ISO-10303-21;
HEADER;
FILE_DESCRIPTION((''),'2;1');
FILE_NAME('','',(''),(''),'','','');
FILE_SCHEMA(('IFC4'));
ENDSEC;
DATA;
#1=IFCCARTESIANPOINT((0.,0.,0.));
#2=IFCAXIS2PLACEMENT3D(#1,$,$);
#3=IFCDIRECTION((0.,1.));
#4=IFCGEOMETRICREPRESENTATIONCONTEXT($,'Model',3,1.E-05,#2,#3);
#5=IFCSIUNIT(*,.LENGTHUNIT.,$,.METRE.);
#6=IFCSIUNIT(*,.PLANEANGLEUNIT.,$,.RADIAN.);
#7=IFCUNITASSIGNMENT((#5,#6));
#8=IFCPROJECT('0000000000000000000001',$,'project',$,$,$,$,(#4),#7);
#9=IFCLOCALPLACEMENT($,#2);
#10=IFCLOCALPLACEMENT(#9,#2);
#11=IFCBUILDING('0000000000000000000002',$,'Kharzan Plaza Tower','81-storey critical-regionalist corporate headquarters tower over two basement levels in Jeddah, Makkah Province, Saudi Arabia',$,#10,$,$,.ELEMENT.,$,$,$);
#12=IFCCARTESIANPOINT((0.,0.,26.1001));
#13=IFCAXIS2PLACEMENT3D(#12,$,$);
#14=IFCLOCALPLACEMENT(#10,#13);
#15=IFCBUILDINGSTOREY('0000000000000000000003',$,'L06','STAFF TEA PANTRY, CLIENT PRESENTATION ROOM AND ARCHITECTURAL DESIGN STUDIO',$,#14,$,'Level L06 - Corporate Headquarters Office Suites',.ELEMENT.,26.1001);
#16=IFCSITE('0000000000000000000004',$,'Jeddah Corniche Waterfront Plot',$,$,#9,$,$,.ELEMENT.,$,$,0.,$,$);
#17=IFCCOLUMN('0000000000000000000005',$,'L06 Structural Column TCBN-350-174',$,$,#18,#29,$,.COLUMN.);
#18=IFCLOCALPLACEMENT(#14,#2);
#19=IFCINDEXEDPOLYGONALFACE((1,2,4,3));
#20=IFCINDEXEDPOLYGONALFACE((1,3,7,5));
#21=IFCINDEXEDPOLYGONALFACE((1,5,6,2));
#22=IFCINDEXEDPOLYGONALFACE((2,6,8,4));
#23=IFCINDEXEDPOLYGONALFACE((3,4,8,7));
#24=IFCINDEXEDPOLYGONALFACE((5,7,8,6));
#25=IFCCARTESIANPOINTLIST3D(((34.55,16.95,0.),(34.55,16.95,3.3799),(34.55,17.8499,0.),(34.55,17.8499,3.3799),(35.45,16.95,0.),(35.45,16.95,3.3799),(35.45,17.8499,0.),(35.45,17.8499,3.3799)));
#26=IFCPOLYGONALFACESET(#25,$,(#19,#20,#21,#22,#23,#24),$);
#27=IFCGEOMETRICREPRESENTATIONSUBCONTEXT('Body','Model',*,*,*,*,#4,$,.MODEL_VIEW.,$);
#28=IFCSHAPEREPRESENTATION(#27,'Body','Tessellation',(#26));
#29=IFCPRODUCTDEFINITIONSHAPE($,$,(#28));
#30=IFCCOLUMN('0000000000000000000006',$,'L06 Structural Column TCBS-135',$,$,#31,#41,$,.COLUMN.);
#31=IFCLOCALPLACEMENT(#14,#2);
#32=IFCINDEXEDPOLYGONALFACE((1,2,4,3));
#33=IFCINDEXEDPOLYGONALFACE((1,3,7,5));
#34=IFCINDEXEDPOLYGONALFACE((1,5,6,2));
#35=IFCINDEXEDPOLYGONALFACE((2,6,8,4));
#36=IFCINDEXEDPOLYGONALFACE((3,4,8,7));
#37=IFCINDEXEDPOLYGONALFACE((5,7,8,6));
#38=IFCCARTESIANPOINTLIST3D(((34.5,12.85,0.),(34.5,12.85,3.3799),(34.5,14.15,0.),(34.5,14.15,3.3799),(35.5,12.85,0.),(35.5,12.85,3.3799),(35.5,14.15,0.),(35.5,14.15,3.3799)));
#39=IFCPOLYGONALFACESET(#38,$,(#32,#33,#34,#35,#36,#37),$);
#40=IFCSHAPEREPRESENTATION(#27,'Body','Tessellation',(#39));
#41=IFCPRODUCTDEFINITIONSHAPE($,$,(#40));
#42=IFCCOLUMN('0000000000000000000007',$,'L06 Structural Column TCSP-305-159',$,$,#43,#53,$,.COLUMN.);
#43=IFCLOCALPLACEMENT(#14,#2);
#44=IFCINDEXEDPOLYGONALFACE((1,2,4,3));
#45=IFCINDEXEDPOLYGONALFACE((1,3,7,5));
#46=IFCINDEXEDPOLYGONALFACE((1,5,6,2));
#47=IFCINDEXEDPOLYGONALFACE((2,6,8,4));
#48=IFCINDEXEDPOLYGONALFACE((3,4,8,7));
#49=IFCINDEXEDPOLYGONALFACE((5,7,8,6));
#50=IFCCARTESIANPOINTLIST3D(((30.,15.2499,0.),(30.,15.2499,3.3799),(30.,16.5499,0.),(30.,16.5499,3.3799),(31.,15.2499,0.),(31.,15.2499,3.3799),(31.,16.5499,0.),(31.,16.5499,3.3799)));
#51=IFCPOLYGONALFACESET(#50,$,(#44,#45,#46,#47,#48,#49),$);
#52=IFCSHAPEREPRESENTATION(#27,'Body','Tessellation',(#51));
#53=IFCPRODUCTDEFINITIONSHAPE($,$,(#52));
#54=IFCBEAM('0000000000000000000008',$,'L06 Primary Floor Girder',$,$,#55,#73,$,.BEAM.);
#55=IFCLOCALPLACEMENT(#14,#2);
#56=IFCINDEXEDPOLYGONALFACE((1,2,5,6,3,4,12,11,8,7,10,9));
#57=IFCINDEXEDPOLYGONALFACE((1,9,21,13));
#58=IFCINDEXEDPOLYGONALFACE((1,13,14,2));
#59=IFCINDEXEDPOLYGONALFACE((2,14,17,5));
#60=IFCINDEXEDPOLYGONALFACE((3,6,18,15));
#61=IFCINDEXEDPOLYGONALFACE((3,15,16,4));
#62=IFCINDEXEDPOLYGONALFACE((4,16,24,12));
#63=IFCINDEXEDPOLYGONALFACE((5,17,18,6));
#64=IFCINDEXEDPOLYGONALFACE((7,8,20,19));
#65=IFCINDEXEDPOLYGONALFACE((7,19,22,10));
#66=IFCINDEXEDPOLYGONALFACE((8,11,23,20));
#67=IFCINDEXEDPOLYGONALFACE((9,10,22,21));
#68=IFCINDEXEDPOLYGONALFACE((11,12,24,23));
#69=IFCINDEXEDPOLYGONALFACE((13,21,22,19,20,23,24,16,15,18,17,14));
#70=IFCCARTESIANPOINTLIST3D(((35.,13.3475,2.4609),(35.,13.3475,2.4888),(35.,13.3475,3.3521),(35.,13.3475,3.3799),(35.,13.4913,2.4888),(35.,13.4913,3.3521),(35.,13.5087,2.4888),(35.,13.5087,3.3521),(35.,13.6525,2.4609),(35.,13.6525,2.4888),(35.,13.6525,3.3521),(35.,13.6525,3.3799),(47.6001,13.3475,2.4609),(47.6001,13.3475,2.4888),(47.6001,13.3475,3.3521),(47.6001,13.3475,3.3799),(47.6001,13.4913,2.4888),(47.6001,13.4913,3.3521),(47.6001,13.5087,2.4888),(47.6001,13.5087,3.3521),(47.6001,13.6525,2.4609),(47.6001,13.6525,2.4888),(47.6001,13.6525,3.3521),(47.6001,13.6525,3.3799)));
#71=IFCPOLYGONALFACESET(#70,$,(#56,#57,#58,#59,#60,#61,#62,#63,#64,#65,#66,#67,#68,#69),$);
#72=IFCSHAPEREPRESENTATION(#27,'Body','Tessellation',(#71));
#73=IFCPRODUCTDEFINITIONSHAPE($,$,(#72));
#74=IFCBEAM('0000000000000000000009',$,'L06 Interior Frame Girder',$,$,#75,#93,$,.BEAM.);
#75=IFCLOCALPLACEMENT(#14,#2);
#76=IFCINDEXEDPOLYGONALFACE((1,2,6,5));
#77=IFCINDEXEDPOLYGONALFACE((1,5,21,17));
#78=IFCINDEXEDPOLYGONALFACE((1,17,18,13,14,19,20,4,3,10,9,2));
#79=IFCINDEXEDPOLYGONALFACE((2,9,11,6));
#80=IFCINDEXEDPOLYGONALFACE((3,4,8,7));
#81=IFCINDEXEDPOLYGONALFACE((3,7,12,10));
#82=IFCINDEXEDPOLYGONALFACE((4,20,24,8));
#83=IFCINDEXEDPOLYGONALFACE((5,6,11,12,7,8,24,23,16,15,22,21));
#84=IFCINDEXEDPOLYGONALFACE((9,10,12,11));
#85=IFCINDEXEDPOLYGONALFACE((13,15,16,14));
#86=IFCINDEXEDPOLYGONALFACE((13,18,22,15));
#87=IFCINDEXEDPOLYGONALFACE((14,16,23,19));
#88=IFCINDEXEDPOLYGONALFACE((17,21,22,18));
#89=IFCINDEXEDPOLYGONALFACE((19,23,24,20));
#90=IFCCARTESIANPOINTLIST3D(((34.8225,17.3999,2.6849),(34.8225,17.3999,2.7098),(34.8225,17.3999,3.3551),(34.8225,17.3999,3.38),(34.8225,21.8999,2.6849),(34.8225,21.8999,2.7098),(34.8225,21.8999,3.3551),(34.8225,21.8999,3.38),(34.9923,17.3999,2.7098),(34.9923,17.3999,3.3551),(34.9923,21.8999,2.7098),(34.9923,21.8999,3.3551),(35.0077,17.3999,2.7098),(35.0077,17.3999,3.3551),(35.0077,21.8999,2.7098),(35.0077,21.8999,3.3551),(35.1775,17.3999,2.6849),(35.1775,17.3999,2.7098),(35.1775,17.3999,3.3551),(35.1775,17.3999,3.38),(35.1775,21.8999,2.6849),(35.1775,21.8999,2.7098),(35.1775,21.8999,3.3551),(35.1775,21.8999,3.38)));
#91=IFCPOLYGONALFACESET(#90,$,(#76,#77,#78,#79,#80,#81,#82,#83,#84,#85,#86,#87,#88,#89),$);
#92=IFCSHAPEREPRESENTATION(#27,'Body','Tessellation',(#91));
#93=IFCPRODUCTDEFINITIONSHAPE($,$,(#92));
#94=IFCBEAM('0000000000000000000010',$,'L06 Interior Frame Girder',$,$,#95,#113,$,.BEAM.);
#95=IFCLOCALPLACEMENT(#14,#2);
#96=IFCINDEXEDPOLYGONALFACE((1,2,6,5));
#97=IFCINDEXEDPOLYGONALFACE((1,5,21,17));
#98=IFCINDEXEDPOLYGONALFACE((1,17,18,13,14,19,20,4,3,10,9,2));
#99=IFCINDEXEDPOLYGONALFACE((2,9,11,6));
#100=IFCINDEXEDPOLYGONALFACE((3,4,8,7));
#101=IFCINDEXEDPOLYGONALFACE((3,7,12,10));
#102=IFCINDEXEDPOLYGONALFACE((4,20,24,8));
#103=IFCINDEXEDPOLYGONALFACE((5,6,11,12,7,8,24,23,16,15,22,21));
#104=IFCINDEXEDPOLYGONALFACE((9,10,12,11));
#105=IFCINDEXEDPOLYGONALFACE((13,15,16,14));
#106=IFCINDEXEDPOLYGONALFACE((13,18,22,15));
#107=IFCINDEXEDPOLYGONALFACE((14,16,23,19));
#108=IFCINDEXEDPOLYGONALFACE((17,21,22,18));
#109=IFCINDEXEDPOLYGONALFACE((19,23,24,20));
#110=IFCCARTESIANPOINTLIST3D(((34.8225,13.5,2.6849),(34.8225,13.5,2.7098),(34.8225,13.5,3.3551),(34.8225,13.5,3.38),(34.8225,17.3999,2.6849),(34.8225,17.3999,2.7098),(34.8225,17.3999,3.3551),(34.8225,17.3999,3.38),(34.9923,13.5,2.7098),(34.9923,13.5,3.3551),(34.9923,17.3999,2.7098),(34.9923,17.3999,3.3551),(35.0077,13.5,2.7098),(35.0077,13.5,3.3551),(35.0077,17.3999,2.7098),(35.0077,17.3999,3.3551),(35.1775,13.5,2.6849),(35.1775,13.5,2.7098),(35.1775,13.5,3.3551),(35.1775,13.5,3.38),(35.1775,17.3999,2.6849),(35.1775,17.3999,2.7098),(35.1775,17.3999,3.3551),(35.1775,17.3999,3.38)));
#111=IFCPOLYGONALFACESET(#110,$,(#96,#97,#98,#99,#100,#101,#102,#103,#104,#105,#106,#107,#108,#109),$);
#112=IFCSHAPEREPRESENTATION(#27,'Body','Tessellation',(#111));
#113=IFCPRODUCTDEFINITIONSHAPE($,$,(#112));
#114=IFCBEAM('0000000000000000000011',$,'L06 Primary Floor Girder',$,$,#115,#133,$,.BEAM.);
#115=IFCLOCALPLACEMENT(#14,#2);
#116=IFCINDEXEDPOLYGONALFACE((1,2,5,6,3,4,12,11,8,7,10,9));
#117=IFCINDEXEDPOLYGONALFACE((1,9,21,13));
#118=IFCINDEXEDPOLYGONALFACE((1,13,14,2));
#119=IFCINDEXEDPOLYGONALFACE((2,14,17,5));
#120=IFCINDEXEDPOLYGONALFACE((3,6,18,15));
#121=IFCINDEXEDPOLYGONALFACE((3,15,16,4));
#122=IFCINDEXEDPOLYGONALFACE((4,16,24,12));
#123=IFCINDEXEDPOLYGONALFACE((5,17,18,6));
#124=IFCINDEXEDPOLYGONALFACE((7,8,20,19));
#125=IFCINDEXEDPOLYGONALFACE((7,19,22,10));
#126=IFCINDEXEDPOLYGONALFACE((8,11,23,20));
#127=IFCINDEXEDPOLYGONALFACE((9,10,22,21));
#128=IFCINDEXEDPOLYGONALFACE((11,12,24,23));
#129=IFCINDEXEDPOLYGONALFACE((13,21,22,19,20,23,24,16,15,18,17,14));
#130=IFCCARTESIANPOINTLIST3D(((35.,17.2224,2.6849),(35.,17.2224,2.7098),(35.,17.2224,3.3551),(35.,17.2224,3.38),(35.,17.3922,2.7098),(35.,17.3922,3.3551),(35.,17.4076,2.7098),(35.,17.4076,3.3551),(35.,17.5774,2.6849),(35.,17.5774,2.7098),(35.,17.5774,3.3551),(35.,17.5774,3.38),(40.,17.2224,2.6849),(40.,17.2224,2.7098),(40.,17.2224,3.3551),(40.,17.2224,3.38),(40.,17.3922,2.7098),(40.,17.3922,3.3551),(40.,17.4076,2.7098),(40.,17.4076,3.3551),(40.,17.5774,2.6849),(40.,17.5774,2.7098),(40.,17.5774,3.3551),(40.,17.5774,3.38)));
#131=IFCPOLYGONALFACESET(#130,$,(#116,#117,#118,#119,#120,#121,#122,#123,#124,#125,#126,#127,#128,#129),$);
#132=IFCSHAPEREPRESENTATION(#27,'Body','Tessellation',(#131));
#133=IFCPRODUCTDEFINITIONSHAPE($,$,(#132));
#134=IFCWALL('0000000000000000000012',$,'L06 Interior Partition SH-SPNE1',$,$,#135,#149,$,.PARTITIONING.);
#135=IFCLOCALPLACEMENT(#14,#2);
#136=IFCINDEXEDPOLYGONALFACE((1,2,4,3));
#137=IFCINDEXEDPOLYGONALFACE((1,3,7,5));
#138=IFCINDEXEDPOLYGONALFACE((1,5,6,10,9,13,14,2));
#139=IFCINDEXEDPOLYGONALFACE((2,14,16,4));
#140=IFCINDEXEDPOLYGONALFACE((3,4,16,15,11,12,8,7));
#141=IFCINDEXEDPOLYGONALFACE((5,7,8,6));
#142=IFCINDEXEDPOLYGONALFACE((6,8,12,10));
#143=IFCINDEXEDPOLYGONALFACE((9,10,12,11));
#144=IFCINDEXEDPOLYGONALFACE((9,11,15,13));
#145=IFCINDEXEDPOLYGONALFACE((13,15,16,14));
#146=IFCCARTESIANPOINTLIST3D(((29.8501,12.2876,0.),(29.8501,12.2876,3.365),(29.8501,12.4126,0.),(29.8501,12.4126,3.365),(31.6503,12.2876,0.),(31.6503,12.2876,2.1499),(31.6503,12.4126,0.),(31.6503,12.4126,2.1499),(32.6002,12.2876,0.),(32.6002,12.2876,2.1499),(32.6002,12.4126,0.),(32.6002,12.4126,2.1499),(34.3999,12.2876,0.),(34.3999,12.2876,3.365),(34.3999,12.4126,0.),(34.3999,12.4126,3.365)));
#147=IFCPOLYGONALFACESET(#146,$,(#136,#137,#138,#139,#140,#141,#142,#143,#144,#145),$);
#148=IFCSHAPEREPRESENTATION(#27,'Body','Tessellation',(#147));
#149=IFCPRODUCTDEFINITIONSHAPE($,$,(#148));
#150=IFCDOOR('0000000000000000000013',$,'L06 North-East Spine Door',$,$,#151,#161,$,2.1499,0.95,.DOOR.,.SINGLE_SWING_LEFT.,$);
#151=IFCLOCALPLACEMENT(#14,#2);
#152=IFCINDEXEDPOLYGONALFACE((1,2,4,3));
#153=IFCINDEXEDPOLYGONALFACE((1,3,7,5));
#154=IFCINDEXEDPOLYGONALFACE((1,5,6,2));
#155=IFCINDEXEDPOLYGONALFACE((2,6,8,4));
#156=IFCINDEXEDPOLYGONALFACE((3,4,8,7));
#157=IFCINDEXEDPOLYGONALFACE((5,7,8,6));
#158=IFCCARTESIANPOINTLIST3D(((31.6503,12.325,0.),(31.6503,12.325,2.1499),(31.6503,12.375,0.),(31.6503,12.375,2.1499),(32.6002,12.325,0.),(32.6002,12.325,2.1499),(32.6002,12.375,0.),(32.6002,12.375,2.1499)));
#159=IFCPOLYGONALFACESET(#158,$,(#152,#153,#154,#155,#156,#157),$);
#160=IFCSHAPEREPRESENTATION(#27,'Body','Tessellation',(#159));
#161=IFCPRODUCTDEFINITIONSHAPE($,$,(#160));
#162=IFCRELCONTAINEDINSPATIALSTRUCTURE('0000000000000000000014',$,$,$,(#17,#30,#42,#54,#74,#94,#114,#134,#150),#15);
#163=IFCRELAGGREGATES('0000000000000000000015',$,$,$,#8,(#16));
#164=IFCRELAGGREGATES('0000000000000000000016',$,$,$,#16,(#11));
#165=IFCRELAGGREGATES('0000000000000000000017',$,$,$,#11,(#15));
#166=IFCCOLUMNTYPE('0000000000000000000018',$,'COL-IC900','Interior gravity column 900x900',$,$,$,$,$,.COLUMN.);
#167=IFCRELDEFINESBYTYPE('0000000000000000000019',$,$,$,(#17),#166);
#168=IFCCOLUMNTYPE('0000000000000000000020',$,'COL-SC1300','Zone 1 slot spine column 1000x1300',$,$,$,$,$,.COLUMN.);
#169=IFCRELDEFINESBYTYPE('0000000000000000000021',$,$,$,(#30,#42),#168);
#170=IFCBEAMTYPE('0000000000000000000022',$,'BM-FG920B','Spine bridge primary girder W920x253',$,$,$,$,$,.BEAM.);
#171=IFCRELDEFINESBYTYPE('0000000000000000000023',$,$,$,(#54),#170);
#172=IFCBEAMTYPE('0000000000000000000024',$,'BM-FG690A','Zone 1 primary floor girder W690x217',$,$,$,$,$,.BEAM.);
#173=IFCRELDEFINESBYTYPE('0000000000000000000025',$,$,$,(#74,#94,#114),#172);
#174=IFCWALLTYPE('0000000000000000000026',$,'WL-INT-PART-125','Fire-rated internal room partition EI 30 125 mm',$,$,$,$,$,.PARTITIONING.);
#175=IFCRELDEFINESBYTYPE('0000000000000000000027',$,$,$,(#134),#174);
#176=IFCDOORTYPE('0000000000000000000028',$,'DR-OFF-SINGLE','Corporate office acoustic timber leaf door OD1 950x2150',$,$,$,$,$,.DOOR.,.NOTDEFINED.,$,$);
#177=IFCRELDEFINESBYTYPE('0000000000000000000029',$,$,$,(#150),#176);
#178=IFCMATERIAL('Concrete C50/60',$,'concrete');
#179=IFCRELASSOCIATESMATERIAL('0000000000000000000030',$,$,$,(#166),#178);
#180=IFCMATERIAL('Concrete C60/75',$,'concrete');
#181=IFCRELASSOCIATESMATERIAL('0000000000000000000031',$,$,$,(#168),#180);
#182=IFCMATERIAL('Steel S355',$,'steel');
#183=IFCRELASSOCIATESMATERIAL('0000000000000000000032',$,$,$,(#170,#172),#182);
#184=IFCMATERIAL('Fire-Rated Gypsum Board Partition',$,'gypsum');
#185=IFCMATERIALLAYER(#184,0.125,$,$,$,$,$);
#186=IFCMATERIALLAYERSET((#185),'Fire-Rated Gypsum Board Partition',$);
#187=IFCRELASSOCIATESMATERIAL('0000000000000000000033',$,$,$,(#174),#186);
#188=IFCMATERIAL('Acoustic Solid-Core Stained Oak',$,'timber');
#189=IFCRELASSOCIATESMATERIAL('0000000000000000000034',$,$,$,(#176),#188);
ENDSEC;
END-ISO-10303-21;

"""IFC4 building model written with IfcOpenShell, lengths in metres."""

from ifc_helpers import new_model, si_unit, direction, frame, frame_2d, origin, origin_2d, place, context, subcontext, project, spatial, rectangle, i_section, extrude, source, transform, mapped, material, layer, layer_set, material_profile, profile_set, type_object, element, fill, save


model = new_model("IFC4")

# Units and contexts
model_context = context("Model", 3, precision=1e-05, world=origin(), true_north=direction((0.0, 1.0)))
body_context = subcontext(model_context, "Body", "Model", "MODEL_VIEW")
ifc_project = project(units=[si_unit("LENGTHUNIT", "METRE"), si_unit("PLANEANGLEUNIT", "RADIAN")], contexts=[model_context])

# Site, building, storey
site_placement = place(None, origin())
site = spatial("IfcSite", under=ifc_project, at=site_placement, Name="Jeddah Corniche Waterfront Plot", CompositionType="ELEMENT", RefElevation=0.0)
building_placement = place(site_placement, origin())
building = spatial("IfcBuilding", under=site, at=building_placement, Name="Kharzan Plaza Tower", Description="81-storey critical-regionalist corporate headquarters tower over two basement levels in Jeddah, Makkah Province, Saudi Arabia", CompositionType="ELEMENT")
storey_placement = place(building_placement, frame((0.0, 0.0, 26.1001)))
storey = spatial("IfcBuildingStorey", under=building, at=storey_placement, Name="L06", Description="STAFF TEA PANTRY, CLIENT PRESENTATION ROOM AND ARCHITECTURAL DESIGN STUDIO", LongName="Level L06 - Corporate Headquarters Office Suites", CompositionType="ELEMENT", Elevation=26.1001)

# Columns
ifc_material_1 = material(Name="Concrete C50/60", Category="concrete")
ifc_material_profile_1 = material_profile(ifc_material_1, rectangle(XDim=0.8999, YDim=0.8999, at=origin_2d()), Name="RC-IC900x900")
ifc_profile_set_1 = profile_set([ifc_material_profile_1], Name="Concrete C50/60")
column_type_1 = type_object("IfcColumnType", Name="COL-IC900", Description="Interior gravity column 900x900", PredefinedType="COLUMN", material=ifc_profile_set_1)
shared_shape_1 = source(origin(), body_context, "Body", "SweptSolid", [
    extrude(rectangle(XDim=0.8999, YDim=0.8999, at=origin_2d()), origin(), (0.0, 0.0, 1.0), 3.3799),
])
column_placement = place(storey_placement, frame((35.0, 17.3999, 0.0), z_axis=(0.0, 0.0, 1.0), x_axis=(1.0, 0.0, 0.0)))
element("IfcColumn", 1, at=column_placement, inside=storey, type_object=column_type_1, Name="L06 Structural Column TCBN-350-174", PredefinedType="COLUMN", context=body_context, shape_type="MappedRepresentation", body=[
    mapped(shared_shape_1, transform((0.0, 0.0, 0.0), x_axis=(1.0, 0.0, 0.0), y_axis=(0.0, 1.0, 0.0), z_axis=(0.0, 0.0, 1.0))),
])
ifc_material_2 = material(Name="Concrete C60/75", Category="concrete")
ifc_material_profile_2 = material_profile(ifc_material_2, rectangle(XDim=1.0, YDim=1.3, at=origin_2d()), Name="RC-SC1300x1000")
ifc_profile_set_2 = profile_set([ifc_material_profile_2], Name="Concrete C60/75")
column_type_2 = type_object("IfcColumnType", Name="COL-SC1300", Description="Zone 1 slot spine column 1000x1300", PredefinedType="COLUMN", material=ifc_profile_set_2)
shared_shape_2 = source(origin(), body_context, "Body", "SweptSolid", [
    extrude(rectangle(XDim=1.0, YDim=1.3, at=origin_2d()), origin(), (0.0, 0.0, 1.0), 3.3799),
])
for number, where, z_axis, x_axis, name in (
    (2, (35.0, 13.5, 0.0), (0.0, 0.0, 1.0), (1.0, 0.0, 0.0), "L06 Structural Column TCBS-135"),
    (3, (30.5, 15.8999, 0.0), (0.0, 0.0, 1.0), (1.0, 0.0, 0.0), "L06 Structural Column TCSP-305-159"),
):
    element("IfcColumn", number, at=place(storey_placement, frame(where, z_axis=z_axis, x_axis=x_axis)), inside=storey, type_object=column_type_2, Name=name, PredefinedType="COLUMN", context=body_context, shape_type="MappedRepresentation", body=[
        mapped(shared_shape_2, transform((0.0, 0.0, 0.0), x_axis=(1.0, 0.0, 0.0), y_axis=(0.0, 1.0, 0.0), z_axis=(0.0, 0.0, 1.0))),
    ])

# Beams
ifc_material_3 = material(Name="Steel S355", Category="steel")
ifc_material_profile_3 = material_profile(ifc_material_3, i_section(OverallWidth=0.3049, OverallDepth=0.9189, WebThickness=0.0173, FlangeThickness=0.0278, at=origin_2d()), Name="W920x253")
ifc_profile_set_3 = profile_set([ifc_material_profile_3], Name="Steel S355")
beam_type_1 = type_object("IfcBeamType", Name="BM-FG920B", Description="Spine bridge primary girder W920x253", PredefinedType="BEAM", material=ifc_profile_set_3)
shared_shape_3 = source(origin(), body_context, "Body", "SweptSolid", [
    extrude(i_section(OverallWidth=0.3049, OverallDepth=0.9189, WebThickness=0.0173, FlangeThickness=0.0278, at=origin_2d()), origin(), (0.0, 0.0, 1.0), 12.6001),
])
beam_1_placement = place(storey_placement, frame((35.0, 13.5, 2.9204), z_axis=(1.0, 0.0, 0.0), x_axis=(0.0, 1.0, 0.0)))
element("IfcBeam", 4, at=beam_1_placement, inside=storey, type_object=beam_type_1, Name="L06 Primary Floor Girder", PredefinedType="BEAM", context=body_context, shape_type="MappedRepresentation", body=[
    mapped(shared_shape_3, transform((0.0, 0.0, 0.0), x_axis=(1.0, 0.0, 0.0), y_axis=(0.0, 1.0, 0.0), z_axis=(0.0, 0.0, 1.0))),
])
ifc_material_profile_4 = material_profile(ifc_material_3, i_section(OverallWidth=0.355, OverallDepth=0.6951, WebThickness=0.0154, FlangeThickness=0.0249, at=origin_2d()), Name="W690x217")
ifc_profile_set_4 = profile_set([ifc_material_profile_4], Name="Steel S355")
beam_type_2 = type_object("IfcBeamType", Name="BM-FG690A", Description="Zone 1 primary floor girder W690x217", PredefinedType="BEAM", material=ifc_profile_set_4)
shared_shape_4 = source(origin(), body_context, "Body", "SweptSolid", [
    extrude(i_section(OverallWidth=0.355, OverallDepth=0.6951, WebThickness=0.0154, FlangeThickness=0.0249, at=origin_2d()), origin(), (0.0, 0.0, 1.0), 4.5),
])
beam_2_placement = place(storey_placement, frame((35.0, 17.3999, 3.0325), z_axis=(0.0, 1.0, 0.0), x_axis=(-1.0, 0.0, 0.0)))
element("IfcBeam", 5, at=beam_2_placement, inside=storey, type_object=beam_type_2, Name="L06 Interior Frame Girder", PredefinedType="BEAM", context=body_context, shape_type="MappedRepresentation", body=[
    mapped(shared_shape_4, transform((0.0, 0.0, 0.0), x_axis=(1.0, 0.0, 0.0), y_axis=(0.0, 1.0, 0.0), z_axis=(0.0, 0.0, 1.0))),
])
shared_shape_5 = source(origin(), body_context, "Body", "SweptSolid", [
    extrude(i_section(OverallWidth=0.355, OverallDepth=0.6951, WebThickness=0.0154, FlangeThickness=0.0249, at=origin_2d()), origin(), (0.0, 0.0, 1.0), 3.8999),
])
beam_3_placement = place(storey_placement, frame((35.0, 13.5, 3.0325), z_axis=(0.0, 1.0, 0.0), x_axis=(-1.0, 0.0, 0.0)))
element("IfcBeam", 6, at=beam_3_placement, inside=storey, type_object=beam_type_2, Name="L06 Interior Frame Girder", PredefinedType="BEAM", context=body_context, shape_type="MappedRepresentation", body=[
    mapped(shared_shape_5, transform((0.0, 0.0, 0.0), x_axis=(1.0, 0.0, 0.0), y_axis=(0.0, 1.0, 0.0), z_axis=(0.0, 0.0, 1.0))),
])
shared_shape_6 = source(origin(), body_context, "Body", "SweptSolid", [
    extrude(i_section(OverallWidth=0.355, OverallDepth=0.6951, WebThickness=0.0154, FlangeThickness=0.0249, at=origin_2d()), origin(), (0.0, 0.0, 1.0), 5.0),
])
beam_4_placement = place(storey_placement, frame((35.0, 17.3999, 3.0325), z_axis=(1.0, 0.0, 0.0), x_axis=(0.0, 1.0, 0.0)))
element("IfcBeam", 7, at=beam_4_placement, inside=storey, type_object=beam_type_2, Name="L06 Primary Floor Girder", PredefinedType="BEAM", context=body_context, shape_type="MappedRepresentation", body=[
    mapped(shared_shape_6, transform((0.0, 0.0, 0.0), x_axis=(1.0, 0.0, 0.0), y_axis=(0.0, 1.0, 0.0), z_axis=(0.0, 0.0, 1.0))),
])

# Wall, opening, door
ifc_material_4 = material(Name="Fire-Rated Gypsum Board Partition", Category="gypsum")
ifc_layer_1 = layer(ifc_material_4, 0.125)
ifc_layer_set_1 = layer_set([ifc_layer_1], Name="Fire-Rated Gypsum Board Partition")
wall_type_1 = type_object("IfcWallType", Name="WL-INT-PART-125", Description="Fire-rated internal room partition EI 30 125 mm", PredefinedType="PARTITIONING", material=ifc_layer_set_1)
wall_1_placement = place(storey_placement, frame((29.8501, 12.3501, 0.0), z_axis=(0.0, 0.0, 1.0), x_axis=(1.0, 0.0, 0.0)))
wall_1 = element("IfcWall", 8, at=wall_1_placement, inside=storey, type_object=wall_type_1, Name="L06 Interior Partition SH-SPNE1", PredefinedType="PARTITIONING", context=body_context, shape_type="SweptSolid", body=[
    extrude(rectangle(XDim=4.5498, YDim=0.125, at=frame_2d((2.2749, 0.0))), origin(), (0.0, 0.0, 1.0), 3.365),
])
opening_1_placement = place(wall_1_placement, frame((1.8, 0.0, 0.0)))
opening_1 = element("IfcOpeningElement", 9, at=opening_1_placement, cuts=wall_1, PredefinedType="OPENING", context=body_context, shape_type="SweptSolid", body=[
    extrude(rectangle(XDim=0.95, YDim=2.1499, at=frame_2d((0.4751, 1.075))), frame((0.0, 0.0725, 0.0), z_axis=(0.0, -1.0, 0.0), x_axis=(1.0, 0.0, 0.0)), (0.0, 0.0, 1.0), 0.145),
])
ifc_material_5 = material(Name="Acoustic Solid-Core Stained Oak", Category="timber")
door_type_1 = type_object("IfcDoorType", Name="DR-OFF-SINGLE", Description="Corporate office acoustic timber leaf door OD1 950x2150", OperationType="NOTDEFINED", PredefinedType="DOOR", material=ifc_material_5)
shared_shape_7 = source(origin(), body_context, "Body", "SweptSolid", [
    extrude(rectangle(XDim=0.95, YDim=2.1499, at=frame_2d((0.4751, 1.075))), frame((0.0, 0.0249, 0.0), z_axis=(0.0, -1.0, 0.0), x_axis=(1.0, 0.0, 0.0)), (0.0, 0.0, 1.0), 0.05),
])
door_1_placement = place(opening_1_placement, origin())
door_1 = element("IfcDoor", 10, at=door_1_placement, inside=storey, type_object=door_type_1, Name="L06 North-East Spine Door", OperationType="SINGLE_SWING_LEFT", OverallHeight=2.1499, OverallWidth=0.95, PredefinedType="DOOR", context=body_context, shape_type="MappedRepresentation", body=[
    mapped(shared_shape_7, transform((0.0, 0.0, 0.0), x_axis=(1.0, 0.0, 0.0), y_axis=(0.0, 1.0, 0.0), z_axis=(0.0, 0.0, 1.0))),
])
fill(opening_1, door_1)

save(model, "model.ifc")
